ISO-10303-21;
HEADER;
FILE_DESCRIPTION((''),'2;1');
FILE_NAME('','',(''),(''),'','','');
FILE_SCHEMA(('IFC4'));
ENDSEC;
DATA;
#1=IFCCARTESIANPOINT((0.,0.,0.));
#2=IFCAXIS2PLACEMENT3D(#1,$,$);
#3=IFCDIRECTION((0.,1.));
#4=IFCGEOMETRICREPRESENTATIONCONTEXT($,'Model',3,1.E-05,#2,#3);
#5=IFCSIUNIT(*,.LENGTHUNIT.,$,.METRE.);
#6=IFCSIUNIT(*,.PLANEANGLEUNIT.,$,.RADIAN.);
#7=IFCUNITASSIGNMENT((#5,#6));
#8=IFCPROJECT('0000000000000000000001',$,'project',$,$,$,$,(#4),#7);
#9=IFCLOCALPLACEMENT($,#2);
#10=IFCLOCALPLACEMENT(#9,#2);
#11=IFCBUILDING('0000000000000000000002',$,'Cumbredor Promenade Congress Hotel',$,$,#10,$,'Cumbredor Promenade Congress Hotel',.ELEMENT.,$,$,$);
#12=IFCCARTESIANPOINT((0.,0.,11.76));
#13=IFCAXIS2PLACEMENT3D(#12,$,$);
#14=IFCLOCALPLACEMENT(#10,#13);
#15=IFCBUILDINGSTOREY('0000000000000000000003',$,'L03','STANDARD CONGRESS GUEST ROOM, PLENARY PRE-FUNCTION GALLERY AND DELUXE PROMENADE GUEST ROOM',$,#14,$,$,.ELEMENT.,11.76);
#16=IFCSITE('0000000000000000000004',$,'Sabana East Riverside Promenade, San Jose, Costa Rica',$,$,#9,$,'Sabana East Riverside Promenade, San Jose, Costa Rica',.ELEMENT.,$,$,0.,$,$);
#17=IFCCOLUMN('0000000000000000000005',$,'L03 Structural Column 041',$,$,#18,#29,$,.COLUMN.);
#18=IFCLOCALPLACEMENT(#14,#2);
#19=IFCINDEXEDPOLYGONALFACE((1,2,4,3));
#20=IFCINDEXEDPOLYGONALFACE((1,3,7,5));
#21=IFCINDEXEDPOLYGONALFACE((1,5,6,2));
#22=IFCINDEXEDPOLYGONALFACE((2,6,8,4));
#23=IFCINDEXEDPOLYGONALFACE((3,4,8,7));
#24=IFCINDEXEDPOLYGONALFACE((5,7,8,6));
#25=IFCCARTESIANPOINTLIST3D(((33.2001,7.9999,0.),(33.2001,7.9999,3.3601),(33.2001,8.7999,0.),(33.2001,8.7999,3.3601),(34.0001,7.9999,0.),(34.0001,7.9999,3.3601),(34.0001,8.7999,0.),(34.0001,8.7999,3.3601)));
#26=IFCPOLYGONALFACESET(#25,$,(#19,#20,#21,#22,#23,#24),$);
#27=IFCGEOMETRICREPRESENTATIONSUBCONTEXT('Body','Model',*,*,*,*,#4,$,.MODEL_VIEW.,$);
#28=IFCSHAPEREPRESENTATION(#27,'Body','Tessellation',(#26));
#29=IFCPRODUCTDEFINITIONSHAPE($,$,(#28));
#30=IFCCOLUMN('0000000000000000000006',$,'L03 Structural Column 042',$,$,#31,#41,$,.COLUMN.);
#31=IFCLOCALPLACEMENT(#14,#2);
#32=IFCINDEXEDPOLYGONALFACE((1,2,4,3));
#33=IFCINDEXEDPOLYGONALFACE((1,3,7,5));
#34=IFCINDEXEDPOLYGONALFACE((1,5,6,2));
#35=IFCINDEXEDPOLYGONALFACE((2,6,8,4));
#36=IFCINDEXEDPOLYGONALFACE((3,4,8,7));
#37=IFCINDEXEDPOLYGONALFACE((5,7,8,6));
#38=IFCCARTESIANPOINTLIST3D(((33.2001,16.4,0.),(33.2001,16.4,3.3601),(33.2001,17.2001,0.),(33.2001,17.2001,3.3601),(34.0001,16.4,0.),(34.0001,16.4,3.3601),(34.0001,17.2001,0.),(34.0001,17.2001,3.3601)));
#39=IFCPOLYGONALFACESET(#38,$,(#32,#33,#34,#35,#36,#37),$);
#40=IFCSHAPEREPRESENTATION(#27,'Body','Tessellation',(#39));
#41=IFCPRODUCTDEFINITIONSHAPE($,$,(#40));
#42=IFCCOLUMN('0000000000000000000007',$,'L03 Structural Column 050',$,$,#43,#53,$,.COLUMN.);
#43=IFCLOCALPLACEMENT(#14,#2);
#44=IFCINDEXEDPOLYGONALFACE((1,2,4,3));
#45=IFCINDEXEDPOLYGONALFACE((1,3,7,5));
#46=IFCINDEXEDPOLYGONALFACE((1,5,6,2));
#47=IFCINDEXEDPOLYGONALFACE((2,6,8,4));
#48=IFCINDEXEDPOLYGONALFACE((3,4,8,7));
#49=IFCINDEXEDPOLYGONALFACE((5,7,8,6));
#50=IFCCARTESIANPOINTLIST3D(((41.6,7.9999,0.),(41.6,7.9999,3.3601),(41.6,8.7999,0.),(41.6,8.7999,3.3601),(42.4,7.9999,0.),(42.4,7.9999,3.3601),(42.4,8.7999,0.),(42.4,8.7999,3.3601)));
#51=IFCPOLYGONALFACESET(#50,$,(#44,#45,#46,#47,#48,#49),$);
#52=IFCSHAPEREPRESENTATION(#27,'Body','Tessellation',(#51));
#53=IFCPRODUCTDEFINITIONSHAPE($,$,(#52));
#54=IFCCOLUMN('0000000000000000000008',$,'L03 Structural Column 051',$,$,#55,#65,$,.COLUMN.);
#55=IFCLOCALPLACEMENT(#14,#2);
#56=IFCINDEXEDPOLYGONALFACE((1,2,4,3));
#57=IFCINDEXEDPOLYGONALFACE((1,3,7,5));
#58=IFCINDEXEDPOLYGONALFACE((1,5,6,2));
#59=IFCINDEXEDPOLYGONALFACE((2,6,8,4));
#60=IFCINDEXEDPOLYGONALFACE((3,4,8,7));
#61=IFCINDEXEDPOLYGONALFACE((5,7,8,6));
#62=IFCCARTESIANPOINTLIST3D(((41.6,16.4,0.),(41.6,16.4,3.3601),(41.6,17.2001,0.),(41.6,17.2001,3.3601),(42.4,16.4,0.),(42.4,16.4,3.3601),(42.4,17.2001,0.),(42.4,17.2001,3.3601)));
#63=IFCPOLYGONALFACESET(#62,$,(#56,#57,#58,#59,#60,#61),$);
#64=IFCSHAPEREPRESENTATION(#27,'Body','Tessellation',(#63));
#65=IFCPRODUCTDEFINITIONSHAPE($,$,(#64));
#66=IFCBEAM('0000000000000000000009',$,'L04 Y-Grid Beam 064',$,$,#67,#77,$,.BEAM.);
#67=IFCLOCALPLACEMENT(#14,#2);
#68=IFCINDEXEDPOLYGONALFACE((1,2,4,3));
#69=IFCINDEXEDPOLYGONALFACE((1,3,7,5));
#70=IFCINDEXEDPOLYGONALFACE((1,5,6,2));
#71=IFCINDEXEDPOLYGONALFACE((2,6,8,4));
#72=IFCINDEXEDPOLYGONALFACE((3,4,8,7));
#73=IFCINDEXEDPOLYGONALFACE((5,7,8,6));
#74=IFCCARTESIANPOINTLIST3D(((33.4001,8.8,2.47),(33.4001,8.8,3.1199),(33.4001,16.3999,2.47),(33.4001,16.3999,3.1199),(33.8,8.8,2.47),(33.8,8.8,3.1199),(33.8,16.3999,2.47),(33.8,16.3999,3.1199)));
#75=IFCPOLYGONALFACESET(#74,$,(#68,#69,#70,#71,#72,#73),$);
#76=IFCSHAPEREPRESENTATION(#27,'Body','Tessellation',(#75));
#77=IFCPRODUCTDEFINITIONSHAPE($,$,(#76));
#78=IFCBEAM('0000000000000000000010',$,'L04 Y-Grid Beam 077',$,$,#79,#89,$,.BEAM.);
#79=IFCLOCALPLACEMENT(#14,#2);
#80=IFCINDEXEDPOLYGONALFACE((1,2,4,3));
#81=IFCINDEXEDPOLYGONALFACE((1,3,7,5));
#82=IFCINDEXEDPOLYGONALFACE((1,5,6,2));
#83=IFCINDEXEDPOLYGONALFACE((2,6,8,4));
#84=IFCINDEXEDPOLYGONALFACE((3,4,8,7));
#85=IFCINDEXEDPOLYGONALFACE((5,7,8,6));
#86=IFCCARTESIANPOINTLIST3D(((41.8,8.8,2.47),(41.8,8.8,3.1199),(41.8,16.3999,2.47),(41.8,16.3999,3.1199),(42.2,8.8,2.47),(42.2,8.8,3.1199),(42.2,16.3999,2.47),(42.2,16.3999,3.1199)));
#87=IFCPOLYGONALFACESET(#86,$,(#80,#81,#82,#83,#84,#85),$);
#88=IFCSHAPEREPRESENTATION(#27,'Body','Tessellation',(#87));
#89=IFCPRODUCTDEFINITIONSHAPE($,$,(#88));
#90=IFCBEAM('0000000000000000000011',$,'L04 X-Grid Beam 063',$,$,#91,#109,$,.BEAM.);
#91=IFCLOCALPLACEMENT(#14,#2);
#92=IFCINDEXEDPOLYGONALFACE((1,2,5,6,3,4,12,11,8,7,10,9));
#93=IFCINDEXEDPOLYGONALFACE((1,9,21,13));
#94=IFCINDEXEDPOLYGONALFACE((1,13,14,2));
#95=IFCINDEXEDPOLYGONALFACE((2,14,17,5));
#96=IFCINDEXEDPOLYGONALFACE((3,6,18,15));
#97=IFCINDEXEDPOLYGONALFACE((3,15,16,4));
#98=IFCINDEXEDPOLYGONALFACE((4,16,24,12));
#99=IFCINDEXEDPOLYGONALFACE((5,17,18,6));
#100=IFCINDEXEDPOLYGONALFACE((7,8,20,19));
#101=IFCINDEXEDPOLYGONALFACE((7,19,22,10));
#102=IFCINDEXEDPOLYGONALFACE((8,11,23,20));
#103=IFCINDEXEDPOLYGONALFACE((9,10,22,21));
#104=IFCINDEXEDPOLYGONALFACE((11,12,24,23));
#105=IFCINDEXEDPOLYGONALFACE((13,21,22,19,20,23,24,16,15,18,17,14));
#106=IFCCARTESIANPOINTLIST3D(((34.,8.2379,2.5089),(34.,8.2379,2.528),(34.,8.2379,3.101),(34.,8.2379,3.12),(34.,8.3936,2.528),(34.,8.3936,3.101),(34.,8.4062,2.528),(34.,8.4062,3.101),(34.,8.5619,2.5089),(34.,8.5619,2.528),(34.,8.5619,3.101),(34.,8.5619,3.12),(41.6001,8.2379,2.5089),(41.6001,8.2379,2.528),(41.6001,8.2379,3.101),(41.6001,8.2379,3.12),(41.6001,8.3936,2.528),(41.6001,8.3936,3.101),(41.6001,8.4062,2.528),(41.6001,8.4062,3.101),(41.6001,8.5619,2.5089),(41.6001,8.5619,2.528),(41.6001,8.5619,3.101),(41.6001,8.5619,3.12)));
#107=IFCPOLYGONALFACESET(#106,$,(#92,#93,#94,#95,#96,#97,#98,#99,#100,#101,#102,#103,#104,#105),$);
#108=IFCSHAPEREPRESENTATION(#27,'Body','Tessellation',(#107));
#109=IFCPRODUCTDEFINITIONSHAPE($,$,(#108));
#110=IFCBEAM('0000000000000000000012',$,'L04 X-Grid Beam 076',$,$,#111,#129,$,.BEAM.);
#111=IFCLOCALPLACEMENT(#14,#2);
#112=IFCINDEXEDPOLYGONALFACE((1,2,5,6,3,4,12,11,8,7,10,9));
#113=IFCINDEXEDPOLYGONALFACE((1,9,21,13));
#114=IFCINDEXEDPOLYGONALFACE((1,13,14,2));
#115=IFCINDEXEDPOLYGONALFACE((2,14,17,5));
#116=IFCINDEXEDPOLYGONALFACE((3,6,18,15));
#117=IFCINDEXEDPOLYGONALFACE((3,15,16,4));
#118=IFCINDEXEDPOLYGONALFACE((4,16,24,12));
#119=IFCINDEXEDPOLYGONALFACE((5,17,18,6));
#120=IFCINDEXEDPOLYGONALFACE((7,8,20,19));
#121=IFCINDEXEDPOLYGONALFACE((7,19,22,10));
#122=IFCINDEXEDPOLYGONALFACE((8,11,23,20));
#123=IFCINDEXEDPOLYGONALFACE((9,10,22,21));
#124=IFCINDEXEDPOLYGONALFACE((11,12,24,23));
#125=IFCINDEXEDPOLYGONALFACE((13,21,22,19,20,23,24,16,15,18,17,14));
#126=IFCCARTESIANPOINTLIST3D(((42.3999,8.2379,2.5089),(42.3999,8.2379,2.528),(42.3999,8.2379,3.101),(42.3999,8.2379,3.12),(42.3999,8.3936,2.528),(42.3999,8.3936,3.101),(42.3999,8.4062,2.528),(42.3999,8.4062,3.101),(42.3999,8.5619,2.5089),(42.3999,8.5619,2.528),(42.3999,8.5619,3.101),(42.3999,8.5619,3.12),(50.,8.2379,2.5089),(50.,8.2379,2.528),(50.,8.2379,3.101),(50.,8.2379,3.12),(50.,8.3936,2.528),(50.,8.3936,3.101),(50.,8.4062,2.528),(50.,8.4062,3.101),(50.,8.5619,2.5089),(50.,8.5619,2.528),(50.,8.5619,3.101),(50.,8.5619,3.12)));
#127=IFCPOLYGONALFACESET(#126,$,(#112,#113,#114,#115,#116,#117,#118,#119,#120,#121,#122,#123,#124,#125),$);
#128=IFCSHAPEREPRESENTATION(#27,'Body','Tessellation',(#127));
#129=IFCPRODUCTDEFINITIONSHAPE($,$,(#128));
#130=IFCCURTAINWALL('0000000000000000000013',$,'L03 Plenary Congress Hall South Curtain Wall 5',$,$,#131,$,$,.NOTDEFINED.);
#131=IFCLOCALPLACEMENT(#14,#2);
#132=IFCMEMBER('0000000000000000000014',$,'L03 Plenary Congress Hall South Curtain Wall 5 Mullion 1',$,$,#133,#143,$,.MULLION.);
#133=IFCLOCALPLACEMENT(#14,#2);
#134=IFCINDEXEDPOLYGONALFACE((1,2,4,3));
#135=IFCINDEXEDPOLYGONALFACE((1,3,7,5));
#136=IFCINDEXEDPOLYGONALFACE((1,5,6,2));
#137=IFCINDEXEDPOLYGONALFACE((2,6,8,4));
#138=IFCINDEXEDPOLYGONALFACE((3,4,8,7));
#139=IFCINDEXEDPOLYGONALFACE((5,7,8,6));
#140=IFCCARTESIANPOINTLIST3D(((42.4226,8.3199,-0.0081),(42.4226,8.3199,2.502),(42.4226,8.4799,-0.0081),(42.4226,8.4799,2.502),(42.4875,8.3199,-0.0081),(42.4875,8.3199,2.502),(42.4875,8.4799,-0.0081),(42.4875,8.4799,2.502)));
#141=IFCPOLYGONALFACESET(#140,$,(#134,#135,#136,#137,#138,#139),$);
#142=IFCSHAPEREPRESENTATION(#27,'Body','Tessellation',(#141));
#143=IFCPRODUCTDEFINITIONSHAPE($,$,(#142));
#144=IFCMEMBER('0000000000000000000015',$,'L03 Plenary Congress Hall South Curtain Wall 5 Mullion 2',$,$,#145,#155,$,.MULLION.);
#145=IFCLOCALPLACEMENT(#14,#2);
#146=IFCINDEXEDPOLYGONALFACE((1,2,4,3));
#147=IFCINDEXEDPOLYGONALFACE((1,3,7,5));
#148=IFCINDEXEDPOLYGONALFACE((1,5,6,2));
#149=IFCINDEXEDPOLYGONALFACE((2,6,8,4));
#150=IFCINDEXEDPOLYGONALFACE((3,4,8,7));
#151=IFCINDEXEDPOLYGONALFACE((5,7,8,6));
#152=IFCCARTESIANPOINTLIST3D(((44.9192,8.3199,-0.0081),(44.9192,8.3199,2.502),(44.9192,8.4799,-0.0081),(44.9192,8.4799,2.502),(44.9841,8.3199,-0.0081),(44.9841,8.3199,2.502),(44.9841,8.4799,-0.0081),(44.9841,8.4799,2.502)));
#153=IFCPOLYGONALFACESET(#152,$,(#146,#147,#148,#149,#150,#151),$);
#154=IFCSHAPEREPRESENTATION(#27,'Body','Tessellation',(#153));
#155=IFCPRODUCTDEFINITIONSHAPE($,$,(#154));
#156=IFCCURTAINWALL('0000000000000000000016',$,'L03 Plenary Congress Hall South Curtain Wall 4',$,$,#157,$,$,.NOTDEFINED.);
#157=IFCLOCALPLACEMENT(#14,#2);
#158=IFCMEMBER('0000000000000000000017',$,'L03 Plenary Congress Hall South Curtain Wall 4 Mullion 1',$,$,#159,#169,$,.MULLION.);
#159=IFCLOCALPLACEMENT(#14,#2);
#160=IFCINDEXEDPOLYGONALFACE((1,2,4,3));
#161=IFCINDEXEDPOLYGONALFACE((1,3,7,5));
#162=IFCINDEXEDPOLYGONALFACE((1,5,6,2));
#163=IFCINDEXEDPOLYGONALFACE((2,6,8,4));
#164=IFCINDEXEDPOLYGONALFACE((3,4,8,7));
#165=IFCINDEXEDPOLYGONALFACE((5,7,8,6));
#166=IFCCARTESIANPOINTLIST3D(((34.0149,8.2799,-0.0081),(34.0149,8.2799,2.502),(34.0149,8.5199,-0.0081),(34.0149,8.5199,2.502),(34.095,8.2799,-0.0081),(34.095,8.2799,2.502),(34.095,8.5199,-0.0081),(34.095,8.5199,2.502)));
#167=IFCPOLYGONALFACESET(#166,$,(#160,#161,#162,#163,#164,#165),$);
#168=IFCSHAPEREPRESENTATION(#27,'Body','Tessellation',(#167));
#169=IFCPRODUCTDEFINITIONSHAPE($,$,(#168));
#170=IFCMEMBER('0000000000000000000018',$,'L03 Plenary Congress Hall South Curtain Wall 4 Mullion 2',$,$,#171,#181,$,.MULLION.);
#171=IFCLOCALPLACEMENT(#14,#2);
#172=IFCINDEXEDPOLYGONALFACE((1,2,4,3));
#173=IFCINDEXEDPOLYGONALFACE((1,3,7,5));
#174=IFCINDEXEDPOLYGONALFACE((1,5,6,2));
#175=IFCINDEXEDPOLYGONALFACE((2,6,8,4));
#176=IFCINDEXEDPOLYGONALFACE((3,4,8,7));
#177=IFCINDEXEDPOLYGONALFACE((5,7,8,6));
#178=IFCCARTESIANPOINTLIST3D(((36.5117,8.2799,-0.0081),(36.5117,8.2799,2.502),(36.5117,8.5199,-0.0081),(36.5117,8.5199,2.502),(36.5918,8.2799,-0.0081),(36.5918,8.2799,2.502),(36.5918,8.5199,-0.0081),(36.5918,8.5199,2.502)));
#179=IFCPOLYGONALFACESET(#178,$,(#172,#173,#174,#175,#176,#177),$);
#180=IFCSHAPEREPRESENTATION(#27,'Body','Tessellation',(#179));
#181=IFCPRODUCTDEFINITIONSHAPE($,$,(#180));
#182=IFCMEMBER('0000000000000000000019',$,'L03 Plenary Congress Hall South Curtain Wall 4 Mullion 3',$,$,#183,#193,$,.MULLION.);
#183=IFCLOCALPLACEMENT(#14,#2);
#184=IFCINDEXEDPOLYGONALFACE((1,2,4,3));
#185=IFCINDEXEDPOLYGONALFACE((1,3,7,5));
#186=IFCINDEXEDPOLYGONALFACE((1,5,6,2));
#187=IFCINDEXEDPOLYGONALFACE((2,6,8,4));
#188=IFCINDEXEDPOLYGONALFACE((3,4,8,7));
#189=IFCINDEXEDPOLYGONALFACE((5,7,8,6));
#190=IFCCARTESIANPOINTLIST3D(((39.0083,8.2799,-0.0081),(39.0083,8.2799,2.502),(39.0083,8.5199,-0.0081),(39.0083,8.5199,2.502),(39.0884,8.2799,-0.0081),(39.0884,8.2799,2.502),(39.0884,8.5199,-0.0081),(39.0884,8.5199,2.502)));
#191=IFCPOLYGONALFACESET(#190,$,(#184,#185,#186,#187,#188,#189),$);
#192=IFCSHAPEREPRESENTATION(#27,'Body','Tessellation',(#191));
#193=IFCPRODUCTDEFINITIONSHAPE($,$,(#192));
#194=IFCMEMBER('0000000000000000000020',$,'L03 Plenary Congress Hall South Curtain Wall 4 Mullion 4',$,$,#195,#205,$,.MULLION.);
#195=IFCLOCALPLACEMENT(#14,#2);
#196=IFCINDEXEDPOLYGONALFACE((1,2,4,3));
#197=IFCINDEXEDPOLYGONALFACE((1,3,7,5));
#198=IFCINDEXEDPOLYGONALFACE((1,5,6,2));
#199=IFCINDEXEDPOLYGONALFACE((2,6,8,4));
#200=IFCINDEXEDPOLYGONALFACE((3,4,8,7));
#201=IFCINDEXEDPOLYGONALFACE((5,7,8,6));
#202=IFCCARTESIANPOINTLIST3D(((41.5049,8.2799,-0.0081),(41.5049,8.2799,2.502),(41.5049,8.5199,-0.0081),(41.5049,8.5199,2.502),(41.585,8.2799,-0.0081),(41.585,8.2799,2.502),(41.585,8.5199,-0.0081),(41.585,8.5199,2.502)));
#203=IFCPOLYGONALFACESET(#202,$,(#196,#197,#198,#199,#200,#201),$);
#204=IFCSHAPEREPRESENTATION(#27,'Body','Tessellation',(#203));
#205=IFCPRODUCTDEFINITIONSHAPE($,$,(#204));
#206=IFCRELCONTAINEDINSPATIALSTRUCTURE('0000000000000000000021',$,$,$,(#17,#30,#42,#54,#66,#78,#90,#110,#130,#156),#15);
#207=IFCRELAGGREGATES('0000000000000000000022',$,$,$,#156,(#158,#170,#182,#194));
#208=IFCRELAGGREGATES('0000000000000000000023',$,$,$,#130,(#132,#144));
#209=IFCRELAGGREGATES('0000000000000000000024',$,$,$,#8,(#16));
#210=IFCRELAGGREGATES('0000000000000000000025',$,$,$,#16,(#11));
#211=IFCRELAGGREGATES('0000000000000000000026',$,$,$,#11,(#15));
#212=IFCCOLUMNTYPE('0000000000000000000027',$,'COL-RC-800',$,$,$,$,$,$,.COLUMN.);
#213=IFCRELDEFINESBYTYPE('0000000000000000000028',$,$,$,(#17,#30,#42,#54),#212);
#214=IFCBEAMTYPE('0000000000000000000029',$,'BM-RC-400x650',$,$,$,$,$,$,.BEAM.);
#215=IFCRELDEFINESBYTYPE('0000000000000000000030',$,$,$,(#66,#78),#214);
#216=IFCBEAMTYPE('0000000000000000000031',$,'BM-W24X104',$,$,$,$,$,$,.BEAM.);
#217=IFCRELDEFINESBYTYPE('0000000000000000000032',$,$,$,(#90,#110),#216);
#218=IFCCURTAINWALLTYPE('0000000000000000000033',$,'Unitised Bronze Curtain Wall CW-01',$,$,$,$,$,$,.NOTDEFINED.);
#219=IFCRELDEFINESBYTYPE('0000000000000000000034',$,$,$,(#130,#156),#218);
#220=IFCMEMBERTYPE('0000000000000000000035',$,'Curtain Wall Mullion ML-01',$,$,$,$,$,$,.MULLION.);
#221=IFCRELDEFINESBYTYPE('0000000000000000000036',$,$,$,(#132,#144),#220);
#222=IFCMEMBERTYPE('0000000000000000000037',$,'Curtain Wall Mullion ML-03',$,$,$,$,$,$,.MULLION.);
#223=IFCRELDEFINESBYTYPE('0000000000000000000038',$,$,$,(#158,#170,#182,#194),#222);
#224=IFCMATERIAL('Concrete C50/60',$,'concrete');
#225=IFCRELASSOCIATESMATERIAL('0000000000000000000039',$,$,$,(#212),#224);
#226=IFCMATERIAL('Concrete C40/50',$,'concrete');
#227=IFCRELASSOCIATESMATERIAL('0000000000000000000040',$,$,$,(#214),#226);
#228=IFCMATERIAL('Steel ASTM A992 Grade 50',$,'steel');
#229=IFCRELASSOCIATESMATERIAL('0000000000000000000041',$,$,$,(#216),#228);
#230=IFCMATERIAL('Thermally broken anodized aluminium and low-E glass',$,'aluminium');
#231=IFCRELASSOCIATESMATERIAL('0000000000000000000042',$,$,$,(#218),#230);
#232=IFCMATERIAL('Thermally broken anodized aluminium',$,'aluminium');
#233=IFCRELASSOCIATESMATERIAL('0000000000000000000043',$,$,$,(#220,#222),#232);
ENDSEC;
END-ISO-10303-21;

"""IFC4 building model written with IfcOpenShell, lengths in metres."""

from ifc_helpers import new_model, si_unit, direction, frame, origin, origin_2d, place, context, subcontext, project, spatial, rectangle, i_section, extrude, material, material_profile, profile_set, type_object, element, aggregate, save


model = new_model("IFC4")

# Units and contexts
model_context = context("Model", 3, precision=1e-05, world=origin(), true_north=direction((0.0, 1.0)))
body_context = subcontext(model_context, "Body", "Model", "MODEL_VIEW")
ifc_project = project(units=[si_unit("LENGTHUNIT", "METRE"), si_unit("PLANEANGLEUNIT", "RADIAN")], contexts=[model_context])

# Site, building, storey
site_placement = place(None, origin())
site = spatial("IfcSite", under=ifc_project, at=site_placement, Name="Sabana East Riverside Promenade, San Jose, Costa Rica", LongName="Sabana East Riverside Promenade, San Jose, Costa Rica", CompositionType="ELEMENT", RefElevation=0.0)
building_placement = place(site_placement, origin())
building = spatial("IfcBuilding", under=site, at=building_placement, Name="Cumbredor Promenade Congress Hotel", LongName="Cumbredor Promenade Congress Hotel", CompositionType="ELEMENT")
storey_placement = place(building_placement, frame((0.0, 0.0, 11.76)))
storey = spatial("IfcBuildingStorey", under=building, at=storey_placement, Name="L03", Description="STANDARD CONGRESS GUEST ROOM, PLENARY PRE-FUNCTION GALLERY AND DELUXE PROMENADE GUEST ROOM", CompositionType="ELEMENT", Elevation=11.76)

# Columns
ifc_material_1 = material(Name="Concrete C50/60", Category="concrete")
ifc_material_profile_1 = material_profile(ifc_material_1, rectangle(XDim=0.8, YDim=0.8, at=origin_2d()), Name="RC 800x800")
ifc_profile_set_1 = profile_set([ifc_material_profile_1], Name="Concrete C50/60")
column_type = type_object("IfcColumnType", Name="COL-RC-800", PredefinedType="COLUMN", material=ifc_profile_set_1)
for number, where, z_axis, x_axis, name in (
    (1, (33.6001, 8.3999, 0.0), (0.0, 0.0, 1.0), (1.0, 0.0, 0.0), "L03 Structural Column 041"),
    (2, (33.6001, 16.8, 0.0), (0.0, 0.0, 1.0), (1.0, 0.0, 0.0), "L03 Structural Column 042"),
    (3, (42.0, 8.3999, 0.0), (0.0, 0.0, 1.0), (1.0, 0.0, 0.0), "L03 Structural Column 050"),
    (4, (42.0, 16.8, 0.0), (0.0, 0.0, 1.0), (1.0, 0.0, 0.0), "L03 Structural Column 051"),
):
    element("IfcColumn", number, at=place(storey_placement, frame(where, z_axis=z_axis, x_axis=x_axis)), inside=storey, type_object=column_type, Name=name, PredefinedType="COLUMN", context=body_context, shape_type="SweptSolid", body=[
        extrude(rectangle(XDim=0.8, YDim=0.8, at=origin_2d()), origin(), (0.0, 0.0, 1.0), 3.3601),
    ])

# Beams
ifc_material_2 = material(Name="Concrete C40/50", Category="concrete")
ifc_material_profile_2 = material_profile(ifc_material_2, rectangle(XDim=0.3999, YDim=0.6499, at=origin_2d()), Name="RC BEAM 400x650")
ifc_profile_set_2 = profile_set([ifc_material_profile_2], Name="Concrete C40/50")
beam_type_1 = type_object("IfcBeamType", Name="BM-RC-400x650", PredefinedType="BEAM", material=ifc_profile_set_2)
for number, where, z_axis, x_axis, name in (
    (5, (33.6001, 8.8, 2.7949), (0.0, 1.0, 0.0), (-1.0, 0.0, 0.0), "L04 Y-Grid Beam 064"),
    (6, (42.0, 8.8, 2.7949), (0.0, 1.0, 0.0), (-1.0, 0.0, 0.0), "L04 Y-Grid Beam 077"),
):
    element("IfcBeam", number, at=place(storey_placement, frame(where, z_axis=z_axis, x_axis=x_axis)), inside=storey, type_object=beam_type_1, Name=name, PredefinedType="BEAM", context=body_context, shape_type="SweptSolid", body=[
        extrude(rectangle(XDim=0.3999, YDim=0.6499, at=origin_2d()), origin(), (0.0, 0.0, 1.0), 7.5999),
    ])
ifc_material_3 = material(Name="Steel ASTM A992 Grade 50", Category="steel")
ifc_material_profile_3 = material_profile(ifc_material_3, i_section(OverallWidth=0.324, OverallDepth=0.6111, WebThickness=0.0127, FlangeThickness=0.019, at=origin_2d()), Name="W24X104")
ifc_profile_set_3 = profile_set([ifc_material_profile_3], Name="Steel ASTM A992 Grade 50")
beam_type_2 = type_object("IfcBeamType", Name="BM-W24X104", PredefinedType="BEAM", material=ifc_profile_set_3)
for number, where, z_axis, x_axis, name in (
    (7, (34.0, 8.3999, 2.8145), (1.0, 0.0, 0.0), (0.0, 1.0, 0.0), "L04 X-Grid Beam 063"),
    (8, (42.3999, 8.3999, 2.8145), (1.0, 0.0, 0.0), (0.0, 1.0, 0.0), "L04 X-Grid Beam 076"),
):
    element("IfcBeam", number, at=place(storey_placement, frame(where, z_axis=z_axis, x_axis=x_axis)), inside=storey, type_object=beam_type_2, Name=name, PredefinedType="BEAM", context=body_context, shape_type="SweptSolid", body=[
        extrude(i_section(OverallWidth=0.324, OverallDepth=0.6111, WebThickness=0.0127, FlangeThickness=0.019, at=origin_2d()), origin(), (0.0, 0.0, 1.0), 7.6001),
    ])

# Curtain walls, members
ifc_material_4 = material(Name="Thermally broken anodized aluminium and low-E glass", Category="aluminium")
curtain_wall_type_1 = type_object("IfcCurtainWallType", Name="Unitised Bronze Curtain Wall CW-01", PredefinedType="NOTDEFINED", material=ifc_material_4)
curtain_wall_1_placement = place(storey_placement, origin())
curtain_wall_1 = element("IfcCurtainWall", 9, at=curtain_wall_1_placement, inside=storey, type_object=curtain_wall_type_1, Name="L03 Plenary Congress Hall South Curtain Wall 5", PredefinedType="NOTDEFINED")
ifc_material_5 = material(Name="Thermally broken anodized aluminium", Category="aluminium")
ifc_material_profile_4 = material_profile(ifc_material_5, rectangle(XDim=0.0649, YDim=0.1599, at=origin_2d()), Name="ALU MULLION 65x160")
ifc_profile_set_4 = profile_set([ifc_material_profile_4], Name="Thermally broken anodized aluminium")
member_type_1 = type_object("IfcMemberType", Name="Curtain Wall Mullion ML-01", PredefinedType="MULLION", material=ifc_profile_set_4)
member_1_placement = place(storey_placement, frame((42.4551, 8.3999, -0.0081), z_axis=(0.0, 0.0, 1.0), x_axis=(1.0, 0.0, 0.0)))
member_1 = element("IfcMember", 10, at=member_1_placement, type_object=member_type_1, Name="L03 Plenary Congress Hall South Curtain Wall 5 Mullion 1", PredefinedType="MULLION", context=body_context, shape_type="SweptSolid", body=[
    extrude(rectangle(XDim=0.0649, YDim=0.1599, at=origin_2d()), origin(), (0.0, 0.0, 1.0), 2.51),
])
member_2_placement = place(storey_placement, frame((44.9517, 8.3999, -0.0081), z_axis=(0.0, 0.0, 1.0), x_axis=(1.0, 0.0, 0.0)))
member_2 = element("IfcMember", 11, at=member_2_placement, type_object=member_type_1, Name="L03 Plenary Congress Hall South Curtain Wall 5 Mullion 2", PredefinedType="MULLION", context=body_context, shape_type="SweptSolid", body=[
    extrude(rectangle(XDim=0.0649, YDim=0.1599, at=origin_2d()), origin(), (0.0, 0.0, 1.0), 2.51),
])
curtain_wall_2_placement = place(storey_placement, origin())
curtain_wall_2 = element("IfcCurtainWall", 12, at=curtain_wall_2_placement, inside=storey, type_object=curtain_wall_type_1, Name="L03 Plenary Congress Hall South Curtain Wall 4", PredefinedType="NOTDEFINED")
ifc_material_profile_5 = material_profile(ifc_material_5, rectangle(XDim=0.0801, YDim=0.24, at=origin_2d()), Name="ALU MULLION 80x240")
ifc_profile_set_5 = profile_set([ifc_material_profile_5], Name="Thermally broken anodized aluminium")
member_type_2 = type_object("IfcMemberType", Name="Curtain Wall Mullion ML-03", PredefinedType="MULLION", material=ifc_profile_set_5)
member_3_placement = place(storey_placement, frame((34.0549, 8.3999, -0.0081), z_axis=(0.0, 0.0, 1.0), x_axis=(1.0, 0.0, 0.0)))
member_3 = element("IfcMember", 13, at=member_3_placement, type_object=member_type_2, Name="L03 Plenary Congress Hall South Curtain Wall 4 Mullion 1", PredefinedType="MULLION", context=body_context, shape_type="SweptSolid", body=[
    extrude(rectangle(XDim=0.0801, YDim=0.24, at=origin_2d()), origin(), (0.0, 0.0, 1.0), 2.51),
])
member_4_placement = place(storey_placement, frame((36.5518, 8.3999, -0.0081), z_axis=(0.0, 0.0, 1.0), x_axis=(1.0, 0.0, 0.0)))
member_4 = element("IfcMember", 14, at=member_4_placement, type_object=member_type_2, Name="L03 Plenary Congress Hall South Curtain Wall 4 Mullion 2", PredefinedType="MULLION", context=body_context, shape_type="SweptSolid", body=[
    extrude(rectangle(XDim=0.0801, YDim=0.24, at=origin_2d()), origin(), (0.0, 0.0, 1.0), 2.51),
])
member_5_placement = place(storey_placement, frame((39.0483, 8.3999, -0.0081), z_axis=(0.0, 0.0, 1.0), x_axis=(1.0, 0.0, 0.0)))
member_5 = element("IfcMember", 15, at=member_5_placement, type_object=member_type_2, Name="L03 Plenary Congress Hall South Curtain Wall 4 Mullion 3", PredefinedType="MULLION", context=body_context, shape_type="SweptSolid", body=[
    extrude(rectangle(XDim=0.0801, YDim=0.24, at=origin_2d()), origin(), (0.0, 0.0, 1.0), 2.51),
])
member_6_placement = place(storey_placement, frame((41.5449, 8.3999, -0.0081), z_axis=(0.0, 0.0, 1.0), x_axis=(1.0, 0.0, 0.0)))
member_6 = element("IfcMember", 16, at=member_6_placement, type_object=member_type_2, Name="L03 Plenary Congress Hall South Curtain Wall 4 Mullion 4", PredefinedType="MULLION", context=body_context, shape_type="SweptSolid", body=[
    extrude(rectangle(XDim=0.0801, YDim=0.24, at=origin_2d()), origin(), (0.0, 0.0, 1.0), 2.51),
])

aggregate(curtain_wall_2, [member_3, member_4, member_5, member_6])
aggregate(curtain_wall_1, [member_1, member_2])

save(model, "model.ifc")
